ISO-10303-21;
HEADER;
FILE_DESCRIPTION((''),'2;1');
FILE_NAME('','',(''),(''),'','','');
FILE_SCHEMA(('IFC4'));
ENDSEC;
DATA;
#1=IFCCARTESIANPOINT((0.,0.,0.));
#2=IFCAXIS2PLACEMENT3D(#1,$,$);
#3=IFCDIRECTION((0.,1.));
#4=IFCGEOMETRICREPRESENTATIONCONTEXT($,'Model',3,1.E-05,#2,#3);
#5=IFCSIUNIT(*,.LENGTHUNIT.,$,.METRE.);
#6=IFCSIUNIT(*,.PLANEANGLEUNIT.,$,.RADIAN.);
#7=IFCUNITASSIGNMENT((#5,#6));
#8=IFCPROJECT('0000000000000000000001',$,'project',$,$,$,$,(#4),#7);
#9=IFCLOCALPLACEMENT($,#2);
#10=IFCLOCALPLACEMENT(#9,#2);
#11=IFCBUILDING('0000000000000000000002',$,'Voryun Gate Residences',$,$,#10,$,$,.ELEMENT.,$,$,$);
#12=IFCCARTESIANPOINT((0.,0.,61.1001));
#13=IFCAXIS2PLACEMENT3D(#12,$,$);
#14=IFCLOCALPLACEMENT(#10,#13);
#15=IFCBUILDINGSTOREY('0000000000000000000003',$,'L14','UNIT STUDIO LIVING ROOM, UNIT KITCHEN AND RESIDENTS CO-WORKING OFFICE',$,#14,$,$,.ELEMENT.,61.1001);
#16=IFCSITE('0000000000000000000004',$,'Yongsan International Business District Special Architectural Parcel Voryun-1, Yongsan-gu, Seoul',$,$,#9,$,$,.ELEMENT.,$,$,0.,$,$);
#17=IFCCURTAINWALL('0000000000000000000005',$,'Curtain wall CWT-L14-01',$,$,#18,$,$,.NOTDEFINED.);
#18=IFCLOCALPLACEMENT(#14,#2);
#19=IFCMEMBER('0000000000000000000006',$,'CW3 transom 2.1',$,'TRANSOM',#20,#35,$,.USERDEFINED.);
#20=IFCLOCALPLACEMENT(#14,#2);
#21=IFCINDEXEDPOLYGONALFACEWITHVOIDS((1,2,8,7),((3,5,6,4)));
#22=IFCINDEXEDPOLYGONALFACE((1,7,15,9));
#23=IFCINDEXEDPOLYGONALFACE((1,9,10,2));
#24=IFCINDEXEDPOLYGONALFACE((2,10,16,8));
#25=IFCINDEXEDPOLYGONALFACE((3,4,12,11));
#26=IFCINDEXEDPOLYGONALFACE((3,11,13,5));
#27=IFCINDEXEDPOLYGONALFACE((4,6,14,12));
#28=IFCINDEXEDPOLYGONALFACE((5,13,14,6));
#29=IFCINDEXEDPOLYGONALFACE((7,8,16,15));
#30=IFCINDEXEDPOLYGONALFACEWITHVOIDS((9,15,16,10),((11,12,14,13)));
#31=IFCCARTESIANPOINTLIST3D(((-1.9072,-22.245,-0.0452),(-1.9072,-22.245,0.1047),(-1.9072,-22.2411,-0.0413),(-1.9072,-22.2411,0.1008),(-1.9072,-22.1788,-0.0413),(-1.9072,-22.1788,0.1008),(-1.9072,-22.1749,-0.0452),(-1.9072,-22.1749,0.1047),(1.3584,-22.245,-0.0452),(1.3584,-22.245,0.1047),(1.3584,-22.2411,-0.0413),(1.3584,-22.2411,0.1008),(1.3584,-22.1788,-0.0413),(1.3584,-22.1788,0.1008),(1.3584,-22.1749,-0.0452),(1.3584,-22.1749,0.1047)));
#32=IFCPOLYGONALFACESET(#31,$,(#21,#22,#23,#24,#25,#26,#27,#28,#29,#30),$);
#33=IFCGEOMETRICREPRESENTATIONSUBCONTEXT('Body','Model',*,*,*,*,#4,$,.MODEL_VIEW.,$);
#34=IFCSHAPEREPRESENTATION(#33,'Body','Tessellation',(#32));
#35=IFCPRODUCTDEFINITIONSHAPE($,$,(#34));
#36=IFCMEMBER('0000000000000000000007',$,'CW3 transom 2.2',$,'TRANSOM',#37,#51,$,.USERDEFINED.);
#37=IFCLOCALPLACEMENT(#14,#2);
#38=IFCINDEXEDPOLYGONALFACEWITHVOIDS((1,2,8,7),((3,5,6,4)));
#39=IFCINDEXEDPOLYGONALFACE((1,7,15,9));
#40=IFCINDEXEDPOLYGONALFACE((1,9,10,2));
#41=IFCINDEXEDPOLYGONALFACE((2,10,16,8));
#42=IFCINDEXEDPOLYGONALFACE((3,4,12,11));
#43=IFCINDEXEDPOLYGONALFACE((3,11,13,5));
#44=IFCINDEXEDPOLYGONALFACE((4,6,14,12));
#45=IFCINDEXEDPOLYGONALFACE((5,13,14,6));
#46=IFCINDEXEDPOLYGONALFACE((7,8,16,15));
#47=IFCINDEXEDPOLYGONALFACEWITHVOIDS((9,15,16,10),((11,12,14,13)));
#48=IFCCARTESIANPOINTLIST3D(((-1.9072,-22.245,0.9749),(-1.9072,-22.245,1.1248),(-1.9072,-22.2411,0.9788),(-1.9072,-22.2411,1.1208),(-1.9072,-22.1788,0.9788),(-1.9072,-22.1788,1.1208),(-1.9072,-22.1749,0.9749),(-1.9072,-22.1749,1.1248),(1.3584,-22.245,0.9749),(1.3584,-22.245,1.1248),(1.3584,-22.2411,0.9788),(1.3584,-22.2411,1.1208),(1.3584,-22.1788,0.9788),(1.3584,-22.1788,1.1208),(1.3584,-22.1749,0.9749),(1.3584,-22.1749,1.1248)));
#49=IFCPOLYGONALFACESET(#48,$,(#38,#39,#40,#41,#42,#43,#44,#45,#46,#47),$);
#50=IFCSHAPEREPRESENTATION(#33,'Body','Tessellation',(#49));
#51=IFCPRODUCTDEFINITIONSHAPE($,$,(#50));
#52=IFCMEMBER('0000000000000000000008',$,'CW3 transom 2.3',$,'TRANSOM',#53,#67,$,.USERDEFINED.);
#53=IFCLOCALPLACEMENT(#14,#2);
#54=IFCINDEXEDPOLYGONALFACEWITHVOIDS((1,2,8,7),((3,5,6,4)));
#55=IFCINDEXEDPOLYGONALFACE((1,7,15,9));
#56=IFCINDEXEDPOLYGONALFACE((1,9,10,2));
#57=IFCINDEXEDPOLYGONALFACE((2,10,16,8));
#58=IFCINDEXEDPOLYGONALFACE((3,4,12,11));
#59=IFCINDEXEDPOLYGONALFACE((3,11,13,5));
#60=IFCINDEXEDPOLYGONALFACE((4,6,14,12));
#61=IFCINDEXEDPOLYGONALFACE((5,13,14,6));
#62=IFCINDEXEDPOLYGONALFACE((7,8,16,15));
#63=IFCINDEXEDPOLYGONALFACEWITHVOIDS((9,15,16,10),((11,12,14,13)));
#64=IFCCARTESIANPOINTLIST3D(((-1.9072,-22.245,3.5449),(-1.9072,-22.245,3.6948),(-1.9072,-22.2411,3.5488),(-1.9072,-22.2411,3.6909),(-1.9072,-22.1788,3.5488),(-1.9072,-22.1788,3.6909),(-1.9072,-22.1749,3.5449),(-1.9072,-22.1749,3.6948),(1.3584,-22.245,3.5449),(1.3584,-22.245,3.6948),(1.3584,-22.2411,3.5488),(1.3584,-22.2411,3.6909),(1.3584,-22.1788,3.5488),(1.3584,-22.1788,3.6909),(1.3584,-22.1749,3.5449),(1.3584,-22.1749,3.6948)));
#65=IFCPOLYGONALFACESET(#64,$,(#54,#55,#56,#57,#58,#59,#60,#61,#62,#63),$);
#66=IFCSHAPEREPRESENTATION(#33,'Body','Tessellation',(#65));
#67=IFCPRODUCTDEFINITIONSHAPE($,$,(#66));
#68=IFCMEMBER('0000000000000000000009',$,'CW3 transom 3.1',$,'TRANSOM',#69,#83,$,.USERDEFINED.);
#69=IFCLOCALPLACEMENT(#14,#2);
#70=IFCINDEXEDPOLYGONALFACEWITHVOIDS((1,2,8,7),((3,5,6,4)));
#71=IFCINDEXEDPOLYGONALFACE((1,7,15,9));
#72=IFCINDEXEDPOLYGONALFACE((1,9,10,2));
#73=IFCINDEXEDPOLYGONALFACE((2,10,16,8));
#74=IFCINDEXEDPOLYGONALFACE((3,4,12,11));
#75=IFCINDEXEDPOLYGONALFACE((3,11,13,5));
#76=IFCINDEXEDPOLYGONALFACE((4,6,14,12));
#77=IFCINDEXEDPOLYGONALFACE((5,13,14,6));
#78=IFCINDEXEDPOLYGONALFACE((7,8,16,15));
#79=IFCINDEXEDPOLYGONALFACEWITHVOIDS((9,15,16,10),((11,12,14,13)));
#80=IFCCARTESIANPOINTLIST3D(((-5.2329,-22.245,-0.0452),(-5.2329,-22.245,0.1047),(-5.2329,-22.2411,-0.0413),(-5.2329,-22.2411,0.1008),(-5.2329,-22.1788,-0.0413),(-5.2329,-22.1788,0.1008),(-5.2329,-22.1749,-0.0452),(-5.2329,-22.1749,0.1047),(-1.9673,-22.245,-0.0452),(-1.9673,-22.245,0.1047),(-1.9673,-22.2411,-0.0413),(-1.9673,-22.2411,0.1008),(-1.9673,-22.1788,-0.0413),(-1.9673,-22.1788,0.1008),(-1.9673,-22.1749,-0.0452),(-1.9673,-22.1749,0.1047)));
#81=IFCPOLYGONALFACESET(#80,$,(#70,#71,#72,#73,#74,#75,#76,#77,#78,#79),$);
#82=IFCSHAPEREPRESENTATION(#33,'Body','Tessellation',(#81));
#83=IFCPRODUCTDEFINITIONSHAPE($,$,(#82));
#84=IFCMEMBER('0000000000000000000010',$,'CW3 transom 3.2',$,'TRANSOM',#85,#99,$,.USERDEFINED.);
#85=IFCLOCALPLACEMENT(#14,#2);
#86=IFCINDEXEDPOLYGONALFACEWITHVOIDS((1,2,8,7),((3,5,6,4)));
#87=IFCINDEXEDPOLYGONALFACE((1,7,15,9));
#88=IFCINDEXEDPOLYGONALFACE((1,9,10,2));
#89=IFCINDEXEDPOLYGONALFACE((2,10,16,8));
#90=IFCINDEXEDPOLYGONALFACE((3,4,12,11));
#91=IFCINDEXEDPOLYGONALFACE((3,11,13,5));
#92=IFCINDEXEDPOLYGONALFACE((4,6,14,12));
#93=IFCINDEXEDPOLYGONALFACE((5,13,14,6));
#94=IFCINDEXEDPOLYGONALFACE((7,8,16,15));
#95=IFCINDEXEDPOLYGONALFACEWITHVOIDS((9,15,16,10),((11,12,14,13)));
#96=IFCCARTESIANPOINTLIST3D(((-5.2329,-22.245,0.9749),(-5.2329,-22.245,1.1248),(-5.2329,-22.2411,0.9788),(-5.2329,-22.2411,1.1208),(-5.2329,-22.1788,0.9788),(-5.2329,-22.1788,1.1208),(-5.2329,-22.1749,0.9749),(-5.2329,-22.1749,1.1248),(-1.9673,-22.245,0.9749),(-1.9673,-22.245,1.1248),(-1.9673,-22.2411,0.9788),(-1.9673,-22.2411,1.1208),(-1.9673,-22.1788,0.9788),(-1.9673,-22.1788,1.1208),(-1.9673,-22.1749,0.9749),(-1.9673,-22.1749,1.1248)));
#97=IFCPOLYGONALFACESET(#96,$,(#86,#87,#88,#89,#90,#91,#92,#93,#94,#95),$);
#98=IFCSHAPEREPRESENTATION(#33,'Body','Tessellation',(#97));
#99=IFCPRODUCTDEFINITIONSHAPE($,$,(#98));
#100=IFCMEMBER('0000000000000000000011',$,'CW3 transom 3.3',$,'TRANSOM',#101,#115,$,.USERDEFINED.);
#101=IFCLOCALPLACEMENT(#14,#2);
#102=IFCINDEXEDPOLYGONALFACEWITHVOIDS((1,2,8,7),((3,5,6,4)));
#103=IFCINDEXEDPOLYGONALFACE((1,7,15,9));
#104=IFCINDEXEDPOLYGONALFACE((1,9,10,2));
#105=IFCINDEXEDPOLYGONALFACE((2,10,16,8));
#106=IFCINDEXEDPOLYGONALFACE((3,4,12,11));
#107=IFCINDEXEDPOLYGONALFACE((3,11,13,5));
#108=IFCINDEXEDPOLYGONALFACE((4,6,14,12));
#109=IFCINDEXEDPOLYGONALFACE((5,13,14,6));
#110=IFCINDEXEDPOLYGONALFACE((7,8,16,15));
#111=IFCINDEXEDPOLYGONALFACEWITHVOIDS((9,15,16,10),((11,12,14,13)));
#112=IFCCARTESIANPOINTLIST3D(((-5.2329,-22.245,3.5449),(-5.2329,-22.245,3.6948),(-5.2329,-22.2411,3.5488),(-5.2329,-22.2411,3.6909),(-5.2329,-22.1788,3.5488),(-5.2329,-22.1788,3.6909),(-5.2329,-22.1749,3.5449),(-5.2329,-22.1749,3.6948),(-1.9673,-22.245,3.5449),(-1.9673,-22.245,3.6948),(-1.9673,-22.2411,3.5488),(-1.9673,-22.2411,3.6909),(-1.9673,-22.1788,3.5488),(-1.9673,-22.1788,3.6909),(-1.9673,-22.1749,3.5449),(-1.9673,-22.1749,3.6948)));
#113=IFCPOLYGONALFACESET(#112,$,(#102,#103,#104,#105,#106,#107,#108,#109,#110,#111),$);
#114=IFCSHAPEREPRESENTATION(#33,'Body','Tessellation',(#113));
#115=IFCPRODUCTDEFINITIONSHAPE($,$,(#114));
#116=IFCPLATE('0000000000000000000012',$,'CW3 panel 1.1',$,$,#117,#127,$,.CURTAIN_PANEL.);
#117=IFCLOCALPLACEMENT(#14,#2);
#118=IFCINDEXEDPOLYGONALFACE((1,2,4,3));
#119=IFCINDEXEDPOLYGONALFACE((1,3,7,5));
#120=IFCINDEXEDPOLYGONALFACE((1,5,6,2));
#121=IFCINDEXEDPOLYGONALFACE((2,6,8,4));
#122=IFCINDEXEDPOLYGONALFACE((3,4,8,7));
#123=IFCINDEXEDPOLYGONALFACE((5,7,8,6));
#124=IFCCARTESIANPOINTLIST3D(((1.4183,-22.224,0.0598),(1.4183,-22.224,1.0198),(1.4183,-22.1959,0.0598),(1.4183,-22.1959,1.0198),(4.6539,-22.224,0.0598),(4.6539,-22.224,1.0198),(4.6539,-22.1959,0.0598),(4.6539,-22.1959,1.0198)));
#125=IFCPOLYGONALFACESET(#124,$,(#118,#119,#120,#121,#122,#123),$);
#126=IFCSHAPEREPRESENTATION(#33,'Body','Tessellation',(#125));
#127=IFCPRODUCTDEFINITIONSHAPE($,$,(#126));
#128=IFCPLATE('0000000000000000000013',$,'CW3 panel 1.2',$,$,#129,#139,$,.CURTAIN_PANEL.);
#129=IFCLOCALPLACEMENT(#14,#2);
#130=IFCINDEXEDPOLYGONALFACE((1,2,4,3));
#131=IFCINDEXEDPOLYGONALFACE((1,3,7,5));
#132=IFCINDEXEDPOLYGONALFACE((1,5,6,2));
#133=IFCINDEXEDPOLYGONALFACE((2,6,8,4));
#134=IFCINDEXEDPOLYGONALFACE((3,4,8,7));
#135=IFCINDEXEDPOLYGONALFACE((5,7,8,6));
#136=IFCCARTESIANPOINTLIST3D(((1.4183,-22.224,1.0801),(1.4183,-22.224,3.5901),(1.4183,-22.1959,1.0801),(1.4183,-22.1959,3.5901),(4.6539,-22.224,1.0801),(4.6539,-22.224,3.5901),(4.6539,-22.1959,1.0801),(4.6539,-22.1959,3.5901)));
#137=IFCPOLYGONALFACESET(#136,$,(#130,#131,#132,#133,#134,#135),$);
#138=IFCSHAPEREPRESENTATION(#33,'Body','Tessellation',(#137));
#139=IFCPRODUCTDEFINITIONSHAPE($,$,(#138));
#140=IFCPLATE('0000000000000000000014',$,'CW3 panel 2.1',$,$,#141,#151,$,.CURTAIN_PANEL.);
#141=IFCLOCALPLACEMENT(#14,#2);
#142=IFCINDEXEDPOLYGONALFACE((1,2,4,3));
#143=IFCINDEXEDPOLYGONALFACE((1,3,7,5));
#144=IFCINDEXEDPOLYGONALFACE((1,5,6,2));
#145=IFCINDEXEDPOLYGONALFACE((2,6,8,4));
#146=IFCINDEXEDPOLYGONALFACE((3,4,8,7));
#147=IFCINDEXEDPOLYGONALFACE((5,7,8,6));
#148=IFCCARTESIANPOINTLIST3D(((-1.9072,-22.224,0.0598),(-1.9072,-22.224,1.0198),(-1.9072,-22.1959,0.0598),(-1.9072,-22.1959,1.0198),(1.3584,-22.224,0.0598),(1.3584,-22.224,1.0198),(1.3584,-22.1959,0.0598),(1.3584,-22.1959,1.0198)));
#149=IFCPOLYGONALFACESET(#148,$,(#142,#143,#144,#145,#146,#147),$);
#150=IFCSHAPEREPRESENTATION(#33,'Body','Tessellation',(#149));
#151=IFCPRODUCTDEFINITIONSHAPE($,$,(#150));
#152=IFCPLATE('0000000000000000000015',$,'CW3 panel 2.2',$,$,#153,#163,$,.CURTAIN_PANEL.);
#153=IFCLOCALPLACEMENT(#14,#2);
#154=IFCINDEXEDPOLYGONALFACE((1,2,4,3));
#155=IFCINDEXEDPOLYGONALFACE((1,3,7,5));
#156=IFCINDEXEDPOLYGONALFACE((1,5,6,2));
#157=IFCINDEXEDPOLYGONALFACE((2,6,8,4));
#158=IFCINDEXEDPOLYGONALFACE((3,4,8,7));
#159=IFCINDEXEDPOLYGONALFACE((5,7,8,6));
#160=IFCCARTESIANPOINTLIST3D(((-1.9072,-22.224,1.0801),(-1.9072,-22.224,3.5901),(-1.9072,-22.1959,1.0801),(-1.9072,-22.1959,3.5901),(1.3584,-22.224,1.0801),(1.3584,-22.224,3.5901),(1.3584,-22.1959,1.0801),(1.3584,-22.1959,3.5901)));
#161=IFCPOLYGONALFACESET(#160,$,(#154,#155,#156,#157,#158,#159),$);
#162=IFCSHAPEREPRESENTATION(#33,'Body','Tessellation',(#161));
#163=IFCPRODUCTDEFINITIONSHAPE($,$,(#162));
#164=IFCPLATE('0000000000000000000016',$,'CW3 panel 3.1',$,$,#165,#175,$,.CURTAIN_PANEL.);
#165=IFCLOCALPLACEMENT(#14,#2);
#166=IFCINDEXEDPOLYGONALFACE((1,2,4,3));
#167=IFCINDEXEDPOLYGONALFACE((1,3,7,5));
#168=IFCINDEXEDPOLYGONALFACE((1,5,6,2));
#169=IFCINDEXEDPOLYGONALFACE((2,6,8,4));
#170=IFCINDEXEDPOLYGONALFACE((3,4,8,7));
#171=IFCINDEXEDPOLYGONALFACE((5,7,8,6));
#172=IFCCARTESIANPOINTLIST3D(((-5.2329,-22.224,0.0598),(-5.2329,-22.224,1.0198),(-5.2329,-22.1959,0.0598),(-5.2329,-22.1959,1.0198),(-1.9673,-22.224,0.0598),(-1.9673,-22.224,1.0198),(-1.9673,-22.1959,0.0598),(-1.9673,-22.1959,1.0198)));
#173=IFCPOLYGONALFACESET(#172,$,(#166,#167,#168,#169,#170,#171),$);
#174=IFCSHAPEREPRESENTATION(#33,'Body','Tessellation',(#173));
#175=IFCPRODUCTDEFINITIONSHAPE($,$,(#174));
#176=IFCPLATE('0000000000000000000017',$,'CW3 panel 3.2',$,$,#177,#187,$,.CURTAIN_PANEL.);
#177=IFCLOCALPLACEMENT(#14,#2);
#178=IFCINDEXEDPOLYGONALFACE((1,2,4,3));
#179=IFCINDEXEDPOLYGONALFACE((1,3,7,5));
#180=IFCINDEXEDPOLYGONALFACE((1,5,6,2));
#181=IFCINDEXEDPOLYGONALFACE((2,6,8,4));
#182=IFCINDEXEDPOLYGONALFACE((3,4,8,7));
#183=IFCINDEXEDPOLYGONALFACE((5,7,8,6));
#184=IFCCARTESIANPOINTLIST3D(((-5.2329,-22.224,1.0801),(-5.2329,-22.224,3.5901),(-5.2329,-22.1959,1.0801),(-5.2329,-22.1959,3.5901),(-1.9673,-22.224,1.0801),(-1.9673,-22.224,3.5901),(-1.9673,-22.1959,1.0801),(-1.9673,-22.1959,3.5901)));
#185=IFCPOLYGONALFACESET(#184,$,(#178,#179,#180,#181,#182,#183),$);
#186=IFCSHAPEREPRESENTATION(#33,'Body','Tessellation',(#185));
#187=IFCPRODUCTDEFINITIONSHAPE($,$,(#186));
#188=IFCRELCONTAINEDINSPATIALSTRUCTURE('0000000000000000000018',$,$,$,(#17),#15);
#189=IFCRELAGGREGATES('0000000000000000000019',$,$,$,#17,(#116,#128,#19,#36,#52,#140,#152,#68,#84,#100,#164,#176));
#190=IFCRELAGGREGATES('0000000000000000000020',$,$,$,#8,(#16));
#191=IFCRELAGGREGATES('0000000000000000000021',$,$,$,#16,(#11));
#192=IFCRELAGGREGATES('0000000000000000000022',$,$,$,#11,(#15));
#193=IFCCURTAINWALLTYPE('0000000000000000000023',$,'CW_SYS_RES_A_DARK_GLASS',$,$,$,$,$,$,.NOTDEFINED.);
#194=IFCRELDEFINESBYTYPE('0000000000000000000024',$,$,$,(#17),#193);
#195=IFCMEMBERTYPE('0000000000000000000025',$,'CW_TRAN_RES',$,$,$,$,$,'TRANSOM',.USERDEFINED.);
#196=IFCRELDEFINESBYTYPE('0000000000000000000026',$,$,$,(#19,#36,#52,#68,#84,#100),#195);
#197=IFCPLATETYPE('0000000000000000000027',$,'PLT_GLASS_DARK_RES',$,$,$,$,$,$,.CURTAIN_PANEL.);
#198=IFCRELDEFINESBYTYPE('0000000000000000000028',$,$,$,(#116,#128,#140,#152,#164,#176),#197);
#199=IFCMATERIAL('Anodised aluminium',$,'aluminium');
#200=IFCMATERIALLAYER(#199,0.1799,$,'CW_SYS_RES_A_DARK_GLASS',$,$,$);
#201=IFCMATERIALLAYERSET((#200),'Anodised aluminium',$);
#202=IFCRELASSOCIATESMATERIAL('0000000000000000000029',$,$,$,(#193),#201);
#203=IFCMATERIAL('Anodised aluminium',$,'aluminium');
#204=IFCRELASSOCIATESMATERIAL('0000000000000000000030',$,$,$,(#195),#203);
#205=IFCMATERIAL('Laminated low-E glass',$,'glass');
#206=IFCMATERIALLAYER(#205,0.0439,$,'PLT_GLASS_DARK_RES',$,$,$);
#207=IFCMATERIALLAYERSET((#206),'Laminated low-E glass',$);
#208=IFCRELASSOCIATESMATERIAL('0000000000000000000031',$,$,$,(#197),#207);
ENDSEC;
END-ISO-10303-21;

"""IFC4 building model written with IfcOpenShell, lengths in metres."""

from ifc_helpers import new_model, si_unit, direction, frame, origin, origin_2d, place, context, subcontext, project, spatial, rectangle, hollow_rectangle, extrude, material, layer, layer_set, material_profile, profile_set, type_object, element, aggregate, save


model = new_model("IFC4")

# Units and contexts
model_context = context("Model", 3, precision=1e-05, world=origin(), true_north=direction((0.0, 1.0)))
body_context = subcontext(model_context, "Body", "Model", "MODEL_VIEW")
ifc_project = project(units=[si_unit("LENGTHUNIT", "METRE"), si_unit("PLANEANGLEUNIT", "RADIAN")], contexts=[model_context])

# Site, building, storey
site_placement = place(None, origin())
site = spatial("IfcSite", under=ifc_project, at=site_placement, Name="Yongsan International Business District Special Architectural Parcel Voryun-1, Yongsan-gu, Seoul", CompositionType="ELEMENT", RefElevation=0.0)
building_placement = place(site_placement, origin())
building = spatial("IfcBuilding", under=site, at=building_placement, Name="Voryun Gate Residences", CompositionType="ELEMENT")
storey_placement = place(building_placement, frame((0.0, 0.0, 61.1001)))
storey = spatial("IfcBuildingStorey", under=building, at=storey_placement, Name="L14", Description="UNIT STUDIO LIVING ROOM, UNIT KITCHEN AND RESIDENTS CO-WORKING OFFICE", CompositionType="ELEMENT", Elevation=61.1001)

# Curtain wall, members, plates
ifc_material_1 = material(Name="Anodised aluminium", Category="aluminium")
ifc_layer_1 = layer(ifc_material_1, 0.1799, Name="CW_SYS_RES_A_DARK_GLASS")
ifc_layer_set_1 = layer_set([ifc_layer_1], Name="Anodised aluminium")
curtain_wall_type = type_object("IfcCurtainWallType", Name="CW_SYS_RES_A_DARK_GLASS", PredefinedType="NOTDEFINED", material=ifc_layer_set_1)
curtain_wall_placement = place(storey_placement, origin())
curtain_wall = element("IfcCurtainWall", 1, at=curtain_wall_placement, inside=storey, type_object=curtain_wall_type, Name="Curtain wall CWT-L14-01", PredefinedType="NOTDEFINED")
ifc_material_2 = material(Name="Anodised aluminium", Category="aluminium")
ifc_material_profile_1 = material_profile(ifc_material_2, hollow_rectangle(XDim=0.0701, YDim=0.1499, WallThickness=0.0039, at=origin_2d()), Name="ALU-TRAN-150x70x4")
ifc_profile_set_1 = profile_set([ifc_material_profile_1], Name="Anodised aluminium")
member_type_1 = type_object("IfcMemberType", Name="CW_TRAN_RES", ElementType="TRANSOM", PredefinedType="USERDEFINED", material=ifc_profile_set_1)
member_1_placement = place(storey_placement, frame((1.3584, -22.21, 0.0298), z_axis=(-1.0, 0.0, 0.0), x_axis=(0.0, -1.0, 0.0)))
member_1 = element("IfcMember", 2, at=member_1_placement, type_object=member_type_1, Name="CW3 transom 2.1", ObjectType="TRANSOM", PredefinedType="USERDEFINED", context=body_context, shape_type="SweptSolid", body=[
    extrude(hollow_rectangle(XDim=0.0701, YDim=0.1499, WallThickness=0.0039, at=origin_2d()), origin(), (0.0, 0.0, 1.0), 3.2656),
])
member_2_placement = place(storey_placement, frame((1.3584, -22.21, 1.0498), z_axis=(-1.0, 0.0, 0.0), x_axis=(0.0, -1.0, 0.0)))
member_2 = element("IfcMember", 3, at=member_2_placement, type_object=member_type_1, Name="CW3 transom 2.2", ObjectType="TRANSOM", PredefinedType="USERDEFINED", context=body_context, shape_type="SweptSolid", body=[
    extrude(hollow_rectangle(XDim=0.0701, YDim=0.1499, WallThickness=0.0039, at=origin_2d()), origin(), (0.0, 0.0, 1.0), 3.2656),
])
member_3_placement = place(storey_placement, frame((1.3584, -22.21, 3.6199), z_axis=(-1.0, 0.0, 0.0), x_axis=(0.0, -1.0, 0.0)))
member_3 = element("IfcMember", 4, at=member_3_placement, type_object=member_type_1, Name="CW3 transom 2.3", ObjectType="TRANSOM", PredefinedType="USERDEFINED", context=body_context, shape_type="SweptSolid", body=[
    extrude(hollow_rectangle(XDim=0.0701, YDim=0.1499, WallThickness=0.0039, at=origin_2d()), origin(), (0.0, 0.0, 1.0), 3.2656),
])
member_4_placement = place(storey_placement, frame((-1.9673, -22.21, 0.0298), z_axis=(-1.0, 0.0, 0.0), x_axis=(0.0, -1.0, 0.0)))
member_4 = element("IfcMember", 5, at=member_4_placement, type_object=member_type_1, Name="CW3 transom 3.1", ObjectType="TRANSOM", PredefinedType="USERDEFINED", context=body_context, shape_type="SweptSolid", body=[
    extrude(hollow_rectangle(XDim=0.0701, YDim=0.1499, WallThickness=0.0039, at=origin_2d()), origin(), (0.0, 0.0, 1.0), 3.2656),
])
member_5_placement = place(storey_placement, frame((-1.9673, -22.21, 1.0498), z_axis=(-1.0, 0.0, 0.0), x_axis=(0.0, -1.0, 0.0)))
member_5 = element("IfcMember", 6, at=member_5_placement, type_object=member_type_1, Name="CW3 transom 3.2", ObjectType="TRANSOM", PredefinedType="USERDEFINED", context=body_context, shape_type="SweptSolid", body=[
    extrude(hollow_rectangle(XDim=0.0701, YDim=0.1499, WallThickness=0.0039, at=origin_2d()), origin(), (0.0, 0.0, 1.0), 3.2656),
])
member_6_placement = place(storey_placement, frame((-1.9673, -22.21, 3.6199), z_axis=(-1.0, 0.0, 0.0), x_axis=(0.0, -1.0, 0.0)))
member_6 = element("IfcMember", 7, at=member_6_placement, type_object=member_type_1, Name="CW3 transom 3.3", ObjectType="TRANSOM", PredefinedType="USERDEFINED", context=body_context, shape_type="SweptSolid", body=[
    extrude(hollow_rectangle(XDim=0.0701, YDim=0.1499, WallThickness=0.0039, at=origin_2d()), origin(), (0.0, 0.0, 1.0), 3.2656),
])
ifc_material_3 = material(Name="Laminated low-E glass", Category="glass")
ifc_layer_2 = layer(ifc_material_3, 0.0439, Name="PLT_GLASS_DARK_RES")
ifc_layer_set_2 = layer_set([ifc_layer_2], Name="Laminated low-E glass")
plate_type = type_object("IfcPlateType", Name="PLT_GLASS_DARK_RES", PredefinedType="CURTAIN_PANEL", material=ifc_layer_set_2)
plate_1_placement = place(storey_placement, frame((3.0361, -22.21, 0.0598), z_axis=(0.0, 0.0, 1.0), x_axis=(-1.0, 0.0, 0.0)))
plate_1 = element("IfcPlate", 8, at=plate_1_placement, type_object=plate_type, Name="CW3 panel 1.1", PredefinedType="CURTAIN_PANEL", context=body_context, shape_type="SweptSolid", body=[
    extrude(rectangle(XDim=3.2356, YDim=0.0281, at=origin_2d()), origin(), (0.0, 0.0, 1.0), 0.96),
])
plate_2_placement = place(storey_placement, frame((3.0361, -22.21, 1.0801), z_axis=(0.0, 0.0, 1.0), x_axis=(-1.0, 0.0, 0.0)))
plate_2 = element("IfcPlate", 9, at=plate_2_placement, type_object=plate_type, Name="CW3 panel 1.2", PredefinedType="CURTAIN_PANEL", context=body_context, shape_type="SweptSolid", body=[
    extrude(rectangle(XDim=3.2356, YDim=0.0281, at=origin_2d()), origin(), (0.0, 0.0, 1.0), 2.51),
])
plate_3_placement = place(storey_placement, frame((-0.2744, -22.21, 0.0598), z_axis=(0.0, 0.0, 1.0), x_axis=(-1.0, 0.0, 0.0)))
plate_3 = element("IfcPlate", 10, at=plate_3_placement, type_object=plate_type, Name="CW3 panel 2.1", PredefinedType="CURTAIN_PANEL", context=body_context, shape_type="SweptSolid", body=[
    extrude(rectangle(XDim=3.2656, YDim=0.0281, at=origin_2d()), origin(), (0.0, 0.0, 1.0), 0.96),
])
plate_4_placement = place(storey_placement, frame((-0.2744, -22.21, 1.0801), z_axis=(0.0, 0.0, 1.0), x_axis=(-1.0, 0.0, 0.0)))
plate_4 = element("IfcPlate", 11, at=plate_4_placement, type_object=plate_type, Name="CW3 panel 2.2", PredefinedType="CURTAIN_PANEL", context=body_context, shape_type="SweptSolid", body=[
    extrude(rectangle(XDim=3.2656, YDim=0.0281, at=origin_2d()), origin(), (0.0, 0.0, 1.0), 2.51),
])
plate_5_placement = place(storey_placement, frame((-3.6001, -22.21, 0.0598), z_axis=(0.0, 0.0, 1.0), x_axis=(-1.0, 0.0, 0.0)))
plate_5 = element("IfcPlate", 12, at=plate_5_placement, type_object=plate_type, Name="CW3 panel 3.1", PredefinedType="CURTAIN_PANEL", context=body_context, shape_type="SweptSolid", body=[
    extrude(rectangle(XDim=3.2656, YDim=0.0281, at=origin_2d()), origin(), (0.0, 0.0, 1.0), 0.96),
])
plate_6_placement = place(storey_placement, frame((-3.6001, -22.21, 1.0801), z_axis=(0.0, 0.0, 1.0), x_axis=(-1.0, 0.0, 0.0)))
plate_6 = element("IfcPlate", 13, at=plate_6_placement, type_object=plate_type, Name="CW3 panel 3.2", PredefinedType="CURTAIN_PANEL", context=body_context, shape_type="SweptSolid", body=[
    extrude(rectangle(XDim=3.2656, YDim=0.0281, at=origin_2d()), origin(), (0.0, 0.0, 1.0), 2.51),
])
aggregate(curtain_wall, [plate_1, plate_2, member_1, member_2, member_3, plate_3, plate_4, member_4, member_5, member_6, plate_5, plate_6])

save(model, "model.ifc")
